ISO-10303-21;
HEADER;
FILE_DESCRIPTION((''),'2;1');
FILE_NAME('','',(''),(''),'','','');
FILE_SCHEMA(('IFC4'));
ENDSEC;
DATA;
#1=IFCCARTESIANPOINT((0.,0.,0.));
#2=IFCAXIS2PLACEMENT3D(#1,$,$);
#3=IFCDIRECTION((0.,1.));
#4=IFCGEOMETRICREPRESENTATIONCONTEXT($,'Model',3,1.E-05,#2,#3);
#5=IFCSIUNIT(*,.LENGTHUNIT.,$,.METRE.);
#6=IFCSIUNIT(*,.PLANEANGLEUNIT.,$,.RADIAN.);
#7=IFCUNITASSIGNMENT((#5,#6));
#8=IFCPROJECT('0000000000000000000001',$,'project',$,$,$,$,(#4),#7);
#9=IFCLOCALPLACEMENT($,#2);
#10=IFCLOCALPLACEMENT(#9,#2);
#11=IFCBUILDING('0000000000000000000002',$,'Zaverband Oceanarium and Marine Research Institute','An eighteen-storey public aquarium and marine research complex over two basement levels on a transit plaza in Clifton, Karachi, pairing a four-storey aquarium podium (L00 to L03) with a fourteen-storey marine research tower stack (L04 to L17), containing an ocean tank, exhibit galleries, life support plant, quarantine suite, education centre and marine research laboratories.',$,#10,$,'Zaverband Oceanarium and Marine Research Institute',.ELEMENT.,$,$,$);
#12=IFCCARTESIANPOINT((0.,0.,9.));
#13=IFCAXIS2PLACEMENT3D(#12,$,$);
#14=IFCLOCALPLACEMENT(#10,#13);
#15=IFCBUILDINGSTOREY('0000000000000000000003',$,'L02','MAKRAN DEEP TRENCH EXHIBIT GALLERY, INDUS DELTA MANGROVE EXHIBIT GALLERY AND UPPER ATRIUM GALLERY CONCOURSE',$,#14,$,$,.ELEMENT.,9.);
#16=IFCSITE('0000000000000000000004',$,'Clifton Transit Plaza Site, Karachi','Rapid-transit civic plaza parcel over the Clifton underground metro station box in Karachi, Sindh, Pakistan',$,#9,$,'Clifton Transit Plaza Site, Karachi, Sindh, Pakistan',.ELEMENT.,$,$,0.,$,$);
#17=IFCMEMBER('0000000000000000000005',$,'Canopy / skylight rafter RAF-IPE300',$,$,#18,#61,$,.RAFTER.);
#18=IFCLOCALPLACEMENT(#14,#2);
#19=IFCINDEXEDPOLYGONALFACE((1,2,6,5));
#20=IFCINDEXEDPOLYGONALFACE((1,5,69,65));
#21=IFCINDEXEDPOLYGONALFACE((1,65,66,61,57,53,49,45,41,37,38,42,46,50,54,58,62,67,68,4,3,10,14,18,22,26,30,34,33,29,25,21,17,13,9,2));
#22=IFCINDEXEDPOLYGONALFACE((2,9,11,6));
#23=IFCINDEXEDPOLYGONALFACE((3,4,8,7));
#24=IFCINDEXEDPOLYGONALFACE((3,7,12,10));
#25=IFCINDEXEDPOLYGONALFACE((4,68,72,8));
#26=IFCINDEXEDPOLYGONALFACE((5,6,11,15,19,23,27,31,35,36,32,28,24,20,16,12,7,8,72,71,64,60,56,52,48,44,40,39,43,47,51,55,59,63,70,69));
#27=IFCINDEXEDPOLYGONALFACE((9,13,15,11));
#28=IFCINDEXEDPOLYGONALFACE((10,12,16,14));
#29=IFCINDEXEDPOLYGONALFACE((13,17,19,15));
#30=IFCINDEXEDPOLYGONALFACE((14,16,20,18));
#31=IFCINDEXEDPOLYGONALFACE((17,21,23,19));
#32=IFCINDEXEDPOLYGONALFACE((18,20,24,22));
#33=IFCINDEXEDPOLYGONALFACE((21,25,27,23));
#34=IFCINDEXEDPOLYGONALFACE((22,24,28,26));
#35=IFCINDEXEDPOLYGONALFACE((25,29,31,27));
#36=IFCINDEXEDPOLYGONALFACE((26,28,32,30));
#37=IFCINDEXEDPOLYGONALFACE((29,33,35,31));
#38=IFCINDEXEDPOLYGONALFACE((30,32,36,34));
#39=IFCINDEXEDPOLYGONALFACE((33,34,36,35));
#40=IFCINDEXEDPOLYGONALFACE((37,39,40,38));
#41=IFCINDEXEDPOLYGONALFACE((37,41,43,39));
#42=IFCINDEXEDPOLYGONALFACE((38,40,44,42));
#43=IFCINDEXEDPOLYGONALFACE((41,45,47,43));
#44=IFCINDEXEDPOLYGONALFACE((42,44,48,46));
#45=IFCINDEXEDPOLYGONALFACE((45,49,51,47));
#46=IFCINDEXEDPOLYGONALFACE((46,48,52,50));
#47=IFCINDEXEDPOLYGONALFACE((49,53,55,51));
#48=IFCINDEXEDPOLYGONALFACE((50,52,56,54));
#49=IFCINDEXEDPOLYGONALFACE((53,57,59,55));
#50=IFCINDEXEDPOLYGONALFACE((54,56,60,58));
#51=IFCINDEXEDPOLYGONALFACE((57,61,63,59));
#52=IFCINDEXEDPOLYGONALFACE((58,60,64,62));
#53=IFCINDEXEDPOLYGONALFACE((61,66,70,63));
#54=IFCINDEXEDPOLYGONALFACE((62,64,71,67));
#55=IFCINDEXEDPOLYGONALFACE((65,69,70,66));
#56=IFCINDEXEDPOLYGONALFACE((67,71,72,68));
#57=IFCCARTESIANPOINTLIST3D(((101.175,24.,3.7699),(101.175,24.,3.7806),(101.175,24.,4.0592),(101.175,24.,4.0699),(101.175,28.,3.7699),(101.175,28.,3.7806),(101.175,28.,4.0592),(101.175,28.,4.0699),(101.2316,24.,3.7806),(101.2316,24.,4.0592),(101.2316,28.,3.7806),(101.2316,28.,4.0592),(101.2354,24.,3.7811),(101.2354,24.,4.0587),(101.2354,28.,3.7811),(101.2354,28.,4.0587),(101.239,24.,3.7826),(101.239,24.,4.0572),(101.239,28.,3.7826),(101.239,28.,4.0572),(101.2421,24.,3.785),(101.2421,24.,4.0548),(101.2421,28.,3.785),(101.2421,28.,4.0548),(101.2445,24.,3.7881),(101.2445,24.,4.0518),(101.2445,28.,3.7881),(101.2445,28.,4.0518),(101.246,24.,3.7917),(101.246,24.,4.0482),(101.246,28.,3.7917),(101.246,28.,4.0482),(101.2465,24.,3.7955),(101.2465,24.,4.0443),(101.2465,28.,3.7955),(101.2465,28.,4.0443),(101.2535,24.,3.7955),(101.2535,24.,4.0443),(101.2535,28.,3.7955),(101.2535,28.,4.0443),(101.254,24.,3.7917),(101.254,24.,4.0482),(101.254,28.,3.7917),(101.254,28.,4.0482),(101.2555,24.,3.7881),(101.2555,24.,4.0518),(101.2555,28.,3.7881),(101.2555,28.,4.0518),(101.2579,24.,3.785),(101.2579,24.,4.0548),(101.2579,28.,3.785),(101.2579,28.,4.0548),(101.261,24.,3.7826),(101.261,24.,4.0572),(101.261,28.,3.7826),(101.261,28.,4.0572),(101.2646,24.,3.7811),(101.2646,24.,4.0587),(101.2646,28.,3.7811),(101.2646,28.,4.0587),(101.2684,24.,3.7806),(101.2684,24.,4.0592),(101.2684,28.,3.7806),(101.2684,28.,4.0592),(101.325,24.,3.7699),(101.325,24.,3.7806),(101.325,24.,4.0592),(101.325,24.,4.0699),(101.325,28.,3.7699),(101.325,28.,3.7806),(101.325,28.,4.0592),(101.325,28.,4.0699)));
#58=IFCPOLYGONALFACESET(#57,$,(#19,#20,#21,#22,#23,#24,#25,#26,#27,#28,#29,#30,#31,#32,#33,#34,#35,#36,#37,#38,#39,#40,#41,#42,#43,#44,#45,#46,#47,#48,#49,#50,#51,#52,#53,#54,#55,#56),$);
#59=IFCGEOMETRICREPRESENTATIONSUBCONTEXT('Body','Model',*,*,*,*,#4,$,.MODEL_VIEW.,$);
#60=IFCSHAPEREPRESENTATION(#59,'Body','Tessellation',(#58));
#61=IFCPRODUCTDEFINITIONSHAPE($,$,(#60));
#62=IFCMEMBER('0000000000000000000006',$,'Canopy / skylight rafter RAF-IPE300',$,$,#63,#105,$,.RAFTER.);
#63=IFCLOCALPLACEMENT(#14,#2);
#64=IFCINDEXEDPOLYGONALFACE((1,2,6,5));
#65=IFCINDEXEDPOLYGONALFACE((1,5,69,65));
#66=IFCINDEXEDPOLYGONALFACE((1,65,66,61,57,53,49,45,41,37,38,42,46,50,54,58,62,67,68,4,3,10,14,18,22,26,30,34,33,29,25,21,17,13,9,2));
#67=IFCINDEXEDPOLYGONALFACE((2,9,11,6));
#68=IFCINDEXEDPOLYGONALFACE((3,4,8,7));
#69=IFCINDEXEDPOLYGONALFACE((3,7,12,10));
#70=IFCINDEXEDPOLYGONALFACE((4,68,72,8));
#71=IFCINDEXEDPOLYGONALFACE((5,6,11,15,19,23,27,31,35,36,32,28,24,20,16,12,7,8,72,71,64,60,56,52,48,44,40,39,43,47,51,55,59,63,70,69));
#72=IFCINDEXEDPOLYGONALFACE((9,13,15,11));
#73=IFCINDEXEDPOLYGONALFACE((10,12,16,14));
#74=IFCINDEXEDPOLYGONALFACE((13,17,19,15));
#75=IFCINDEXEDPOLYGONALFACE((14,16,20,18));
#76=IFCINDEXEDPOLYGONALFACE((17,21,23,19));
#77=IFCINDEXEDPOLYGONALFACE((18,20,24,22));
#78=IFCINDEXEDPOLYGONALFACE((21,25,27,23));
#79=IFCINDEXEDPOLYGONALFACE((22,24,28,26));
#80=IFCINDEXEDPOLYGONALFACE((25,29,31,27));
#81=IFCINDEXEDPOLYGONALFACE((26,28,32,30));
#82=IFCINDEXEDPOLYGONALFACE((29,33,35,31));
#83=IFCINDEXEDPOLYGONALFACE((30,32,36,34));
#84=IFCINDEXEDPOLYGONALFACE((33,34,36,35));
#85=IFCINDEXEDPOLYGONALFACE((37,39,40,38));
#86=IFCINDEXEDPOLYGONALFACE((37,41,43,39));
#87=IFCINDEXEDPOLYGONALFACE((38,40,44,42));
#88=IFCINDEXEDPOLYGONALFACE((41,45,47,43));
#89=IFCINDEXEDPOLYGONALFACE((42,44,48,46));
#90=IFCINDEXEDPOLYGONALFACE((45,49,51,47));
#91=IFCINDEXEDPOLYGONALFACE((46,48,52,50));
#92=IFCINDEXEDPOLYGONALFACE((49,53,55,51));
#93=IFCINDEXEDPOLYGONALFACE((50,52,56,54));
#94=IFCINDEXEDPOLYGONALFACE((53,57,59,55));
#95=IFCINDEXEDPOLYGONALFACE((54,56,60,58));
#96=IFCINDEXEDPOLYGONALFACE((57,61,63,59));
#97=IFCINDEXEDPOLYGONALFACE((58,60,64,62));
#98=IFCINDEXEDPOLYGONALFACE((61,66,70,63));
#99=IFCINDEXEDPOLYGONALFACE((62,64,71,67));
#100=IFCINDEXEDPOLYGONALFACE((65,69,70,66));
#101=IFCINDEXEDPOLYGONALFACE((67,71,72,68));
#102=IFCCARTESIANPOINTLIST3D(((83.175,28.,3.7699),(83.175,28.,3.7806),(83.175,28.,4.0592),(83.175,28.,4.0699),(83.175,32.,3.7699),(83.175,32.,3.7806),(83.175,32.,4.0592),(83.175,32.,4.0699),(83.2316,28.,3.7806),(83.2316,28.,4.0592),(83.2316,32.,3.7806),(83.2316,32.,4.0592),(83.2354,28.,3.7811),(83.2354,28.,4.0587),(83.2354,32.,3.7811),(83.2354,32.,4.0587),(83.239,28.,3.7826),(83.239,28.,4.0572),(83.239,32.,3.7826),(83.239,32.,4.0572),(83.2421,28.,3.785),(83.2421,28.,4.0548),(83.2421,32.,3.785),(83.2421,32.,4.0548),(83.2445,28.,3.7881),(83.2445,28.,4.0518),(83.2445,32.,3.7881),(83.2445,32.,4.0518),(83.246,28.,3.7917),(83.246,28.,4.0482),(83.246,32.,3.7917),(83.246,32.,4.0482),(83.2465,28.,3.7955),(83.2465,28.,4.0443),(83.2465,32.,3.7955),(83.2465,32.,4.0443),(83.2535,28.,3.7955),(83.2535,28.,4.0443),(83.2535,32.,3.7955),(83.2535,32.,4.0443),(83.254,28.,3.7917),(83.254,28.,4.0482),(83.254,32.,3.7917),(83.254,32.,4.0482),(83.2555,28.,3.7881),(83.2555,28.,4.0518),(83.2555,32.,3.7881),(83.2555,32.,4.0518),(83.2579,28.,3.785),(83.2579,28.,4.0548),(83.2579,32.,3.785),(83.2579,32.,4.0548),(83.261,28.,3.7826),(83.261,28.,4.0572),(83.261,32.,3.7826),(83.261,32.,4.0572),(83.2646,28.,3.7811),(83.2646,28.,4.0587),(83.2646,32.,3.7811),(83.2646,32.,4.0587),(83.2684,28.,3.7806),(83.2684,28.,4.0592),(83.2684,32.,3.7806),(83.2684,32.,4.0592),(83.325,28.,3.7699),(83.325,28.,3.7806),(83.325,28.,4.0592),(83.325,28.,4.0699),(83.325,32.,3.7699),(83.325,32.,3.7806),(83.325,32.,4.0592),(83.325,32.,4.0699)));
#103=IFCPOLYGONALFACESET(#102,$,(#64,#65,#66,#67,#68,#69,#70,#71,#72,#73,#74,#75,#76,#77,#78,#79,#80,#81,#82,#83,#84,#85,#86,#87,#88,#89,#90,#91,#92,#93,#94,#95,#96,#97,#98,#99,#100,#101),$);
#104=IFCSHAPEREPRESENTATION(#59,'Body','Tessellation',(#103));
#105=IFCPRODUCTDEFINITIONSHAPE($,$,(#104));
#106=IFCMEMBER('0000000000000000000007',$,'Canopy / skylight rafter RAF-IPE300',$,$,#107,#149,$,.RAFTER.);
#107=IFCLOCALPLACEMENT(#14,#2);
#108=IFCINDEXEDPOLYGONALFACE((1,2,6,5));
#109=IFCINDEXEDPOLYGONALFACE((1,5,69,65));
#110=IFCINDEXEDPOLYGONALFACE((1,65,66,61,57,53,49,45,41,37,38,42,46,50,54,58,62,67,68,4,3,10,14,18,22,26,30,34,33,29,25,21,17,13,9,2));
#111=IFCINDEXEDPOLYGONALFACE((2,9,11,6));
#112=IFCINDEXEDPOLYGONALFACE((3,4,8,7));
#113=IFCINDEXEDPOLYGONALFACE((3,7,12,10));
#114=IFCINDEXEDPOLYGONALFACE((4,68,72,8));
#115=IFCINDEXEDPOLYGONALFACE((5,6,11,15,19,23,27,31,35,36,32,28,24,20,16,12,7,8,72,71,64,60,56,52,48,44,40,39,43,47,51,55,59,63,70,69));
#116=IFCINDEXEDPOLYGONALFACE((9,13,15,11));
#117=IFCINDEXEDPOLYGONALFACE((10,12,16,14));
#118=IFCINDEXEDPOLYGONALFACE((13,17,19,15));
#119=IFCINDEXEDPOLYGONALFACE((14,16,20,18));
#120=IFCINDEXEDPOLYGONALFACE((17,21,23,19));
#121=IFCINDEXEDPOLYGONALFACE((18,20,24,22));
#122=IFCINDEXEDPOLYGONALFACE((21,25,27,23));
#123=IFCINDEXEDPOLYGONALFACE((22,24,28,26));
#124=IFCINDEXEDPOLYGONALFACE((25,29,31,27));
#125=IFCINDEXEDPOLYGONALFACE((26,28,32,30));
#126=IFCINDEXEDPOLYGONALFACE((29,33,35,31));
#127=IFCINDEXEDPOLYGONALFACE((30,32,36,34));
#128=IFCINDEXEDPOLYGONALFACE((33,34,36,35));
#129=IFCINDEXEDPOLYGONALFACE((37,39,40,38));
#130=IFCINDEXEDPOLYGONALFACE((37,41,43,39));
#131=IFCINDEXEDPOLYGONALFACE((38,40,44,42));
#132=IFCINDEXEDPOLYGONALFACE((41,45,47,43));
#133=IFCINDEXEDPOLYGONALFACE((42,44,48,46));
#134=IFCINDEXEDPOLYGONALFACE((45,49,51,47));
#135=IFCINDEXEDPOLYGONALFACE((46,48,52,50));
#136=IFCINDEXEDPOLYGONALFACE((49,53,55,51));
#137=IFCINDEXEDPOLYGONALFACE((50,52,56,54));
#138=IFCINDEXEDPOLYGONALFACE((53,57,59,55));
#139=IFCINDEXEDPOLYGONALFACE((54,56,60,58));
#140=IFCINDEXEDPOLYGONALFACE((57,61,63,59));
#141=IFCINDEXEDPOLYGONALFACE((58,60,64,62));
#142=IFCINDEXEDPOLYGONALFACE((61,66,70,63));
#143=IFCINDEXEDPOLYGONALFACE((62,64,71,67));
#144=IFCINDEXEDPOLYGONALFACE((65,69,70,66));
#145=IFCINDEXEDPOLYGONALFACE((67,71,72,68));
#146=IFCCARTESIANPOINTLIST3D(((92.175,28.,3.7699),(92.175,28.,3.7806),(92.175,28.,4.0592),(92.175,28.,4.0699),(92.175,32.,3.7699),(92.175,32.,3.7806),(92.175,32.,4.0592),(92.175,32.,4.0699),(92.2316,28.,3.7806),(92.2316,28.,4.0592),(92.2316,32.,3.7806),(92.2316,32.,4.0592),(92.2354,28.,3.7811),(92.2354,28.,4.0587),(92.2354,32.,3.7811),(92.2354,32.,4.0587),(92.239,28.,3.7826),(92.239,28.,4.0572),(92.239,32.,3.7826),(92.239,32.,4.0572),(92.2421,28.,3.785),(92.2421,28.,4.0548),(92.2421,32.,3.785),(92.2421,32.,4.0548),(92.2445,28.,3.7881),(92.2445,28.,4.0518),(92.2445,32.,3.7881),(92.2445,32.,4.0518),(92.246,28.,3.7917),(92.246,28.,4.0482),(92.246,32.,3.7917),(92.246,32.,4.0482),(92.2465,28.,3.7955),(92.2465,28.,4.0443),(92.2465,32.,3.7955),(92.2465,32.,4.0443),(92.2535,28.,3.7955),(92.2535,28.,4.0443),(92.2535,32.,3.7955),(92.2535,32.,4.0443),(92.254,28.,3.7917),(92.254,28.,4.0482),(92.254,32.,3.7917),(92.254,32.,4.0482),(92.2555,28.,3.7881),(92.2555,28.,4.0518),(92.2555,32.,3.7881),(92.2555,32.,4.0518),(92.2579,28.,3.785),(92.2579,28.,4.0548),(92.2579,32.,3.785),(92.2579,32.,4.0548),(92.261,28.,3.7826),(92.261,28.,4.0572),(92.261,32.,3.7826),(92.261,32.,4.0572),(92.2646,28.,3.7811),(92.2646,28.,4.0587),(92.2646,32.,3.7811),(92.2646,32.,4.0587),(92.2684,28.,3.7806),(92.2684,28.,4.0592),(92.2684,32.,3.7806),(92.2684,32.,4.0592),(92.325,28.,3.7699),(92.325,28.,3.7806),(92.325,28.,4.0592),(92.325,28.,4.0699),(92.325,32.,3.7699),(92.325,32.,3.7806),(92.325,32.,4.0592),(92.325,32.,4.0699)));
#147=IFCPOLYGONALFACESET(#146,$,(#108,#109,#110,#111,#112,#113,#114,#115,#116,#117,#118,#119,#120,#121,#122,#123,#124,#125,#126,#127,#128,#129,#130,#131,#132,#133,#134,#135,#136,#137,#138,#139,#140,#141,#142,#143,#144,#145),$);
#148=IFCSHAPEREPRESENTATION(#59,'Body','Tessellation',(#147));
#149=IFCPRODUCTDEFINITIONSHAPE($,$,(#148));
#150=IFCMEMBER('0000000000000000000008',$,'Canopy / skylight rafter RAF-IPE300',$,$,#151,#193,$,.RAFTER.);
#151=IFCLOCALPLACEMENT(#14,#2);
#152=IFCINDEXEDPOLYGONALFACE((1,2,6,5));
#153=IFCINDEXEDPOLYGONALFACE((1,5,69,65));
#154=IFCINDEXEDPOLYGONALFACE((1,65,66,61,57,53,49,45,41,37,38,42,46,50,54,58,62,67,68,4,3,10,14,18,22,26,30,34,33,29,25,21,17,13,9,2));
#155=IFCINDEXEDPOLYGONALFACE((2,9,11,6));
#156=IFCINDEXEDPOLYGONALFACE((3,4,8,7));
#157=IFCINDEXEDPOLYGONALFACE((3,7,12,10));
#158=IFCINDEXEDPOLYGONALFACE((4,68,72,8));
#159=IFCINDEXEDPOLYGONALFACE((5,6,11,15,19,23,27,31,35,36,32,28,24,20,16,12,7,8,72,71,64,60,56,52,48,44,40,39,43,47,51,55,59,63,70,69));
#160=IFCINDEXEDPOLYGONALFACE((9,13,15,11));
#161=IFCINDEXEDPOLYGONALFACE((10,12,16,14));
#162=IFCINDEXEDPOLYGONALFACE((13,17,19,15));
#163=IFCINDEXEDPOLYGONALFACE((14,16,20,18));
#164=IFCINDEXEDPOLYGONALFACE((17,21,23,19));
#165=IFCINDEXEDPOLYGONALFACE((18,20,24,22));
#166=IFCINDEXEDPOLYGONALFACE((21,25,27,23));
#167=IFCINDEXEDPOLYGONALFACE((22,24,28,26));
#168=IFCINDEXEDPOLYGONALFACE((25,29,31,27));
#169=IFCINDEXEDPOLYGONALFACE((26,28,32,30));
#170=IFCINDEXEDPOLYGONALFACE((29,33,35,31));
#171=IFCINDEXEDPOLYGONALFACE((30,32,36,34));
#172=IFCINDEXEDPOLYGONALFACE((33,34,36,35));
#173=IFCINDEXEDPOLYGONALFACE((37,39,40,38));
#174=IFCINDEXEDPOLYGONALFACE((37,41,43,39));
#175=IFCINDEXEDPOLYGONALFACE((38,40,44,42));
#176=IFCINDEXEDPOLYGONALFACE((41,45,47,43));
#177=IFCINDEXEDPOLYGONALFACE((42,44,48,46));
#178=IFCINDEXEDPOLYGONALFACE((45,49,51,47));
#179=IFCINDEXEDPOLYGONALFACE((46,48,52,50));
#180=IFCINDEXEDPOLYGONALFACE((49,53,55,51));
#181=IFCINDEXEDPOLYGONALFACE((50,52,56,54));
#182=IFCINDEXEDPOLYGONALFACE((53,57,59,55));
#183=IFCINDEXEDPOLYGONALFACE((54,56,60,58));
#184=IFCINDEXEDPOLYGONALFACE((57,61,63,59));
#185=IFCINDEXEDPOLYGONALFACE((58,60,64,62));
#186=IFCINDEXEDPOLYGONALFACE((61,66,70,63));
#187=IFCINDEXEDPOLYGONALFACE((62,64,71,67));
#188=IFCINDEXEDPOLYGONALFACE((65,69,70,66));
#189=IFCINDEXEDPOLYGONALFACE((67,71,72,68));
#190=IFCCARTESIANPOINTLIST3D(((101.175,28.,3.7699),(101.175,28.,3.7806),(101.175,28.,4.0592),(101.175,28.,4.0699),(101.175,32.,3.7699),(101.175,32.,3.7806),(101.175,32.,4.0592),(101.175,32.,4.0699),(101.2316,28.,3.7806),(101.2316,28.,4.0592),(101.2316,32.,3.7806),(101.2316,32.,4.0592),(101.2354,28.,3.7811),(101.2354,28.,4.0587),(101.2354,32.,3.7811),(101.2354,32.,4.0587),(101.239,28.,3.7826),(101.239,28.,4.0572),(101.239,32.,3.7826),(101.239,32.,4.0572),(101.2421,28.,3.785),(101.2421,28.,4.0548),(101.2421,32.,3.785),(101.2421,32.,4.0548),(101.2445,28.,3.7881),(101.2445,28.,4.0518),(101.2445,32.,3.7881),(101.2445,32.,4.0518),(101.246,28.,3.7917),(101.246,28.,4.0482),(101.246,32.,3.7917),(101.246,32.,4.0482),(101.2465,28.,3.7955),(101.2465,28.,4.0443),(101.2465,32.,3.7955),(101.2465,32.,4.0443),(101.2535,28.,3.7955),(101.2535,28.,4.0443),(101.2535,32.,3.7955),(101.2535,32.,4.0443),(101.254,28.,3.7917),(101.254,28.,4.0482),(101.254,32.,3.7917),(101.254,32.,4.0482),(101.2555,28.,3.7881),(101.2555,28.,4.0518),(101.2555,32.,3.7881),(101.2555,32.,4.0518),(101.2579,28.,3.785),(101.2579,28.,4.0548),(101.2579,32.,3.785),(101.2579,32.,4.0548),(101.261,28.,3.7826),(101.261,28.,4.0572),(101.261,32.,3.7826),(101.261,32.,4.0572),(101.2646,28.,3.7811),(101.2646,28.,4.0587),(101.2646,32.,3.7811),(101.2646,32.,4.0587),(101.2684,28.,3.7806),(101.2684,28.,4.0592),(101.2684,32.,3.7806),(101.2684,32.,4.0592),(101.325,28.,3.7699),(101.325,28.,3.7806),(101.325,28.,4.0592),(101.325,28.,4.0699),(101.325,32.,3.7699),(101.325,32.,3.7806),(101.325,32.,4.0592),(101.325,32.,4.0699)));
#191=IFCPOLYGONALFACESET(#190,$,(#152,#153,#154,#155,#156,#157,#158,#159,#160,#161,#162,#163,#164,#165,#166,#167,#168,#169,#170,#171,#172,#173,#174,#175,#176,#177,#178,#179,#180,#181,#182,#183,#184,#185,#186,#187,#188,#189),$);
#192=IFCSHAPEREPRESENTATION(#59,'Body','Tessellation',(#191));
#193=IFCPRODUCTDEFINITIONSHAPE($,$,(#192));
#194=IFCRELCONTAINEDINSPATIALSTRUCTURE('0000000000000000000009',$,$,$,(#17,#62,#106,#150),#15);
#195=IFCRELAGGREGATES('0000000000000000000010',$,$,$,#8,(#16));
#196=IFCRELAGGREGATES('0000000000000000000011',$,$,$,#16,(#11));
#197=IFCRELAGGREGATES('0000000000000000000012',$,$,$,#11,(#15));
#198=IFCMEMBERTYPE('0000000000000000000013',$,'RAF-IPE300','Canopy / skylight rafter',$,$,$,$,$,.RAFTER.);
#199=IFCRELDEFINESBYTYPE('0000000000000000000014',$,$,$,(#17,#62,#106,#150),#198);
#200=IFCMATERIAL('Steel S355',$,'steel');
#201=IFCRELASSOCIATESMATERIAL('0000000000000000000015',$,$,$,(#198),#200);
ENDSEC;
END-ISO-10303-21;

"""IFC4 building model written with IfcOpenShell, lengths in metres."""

from ifc_helpers import new_model, si_unit, direction, frame, origin, origin_2d, place, context, subcontext, project, spatial, i_section, extrude, material, material_profile, profile_set, type_object, element, save


model = new_model("IFC4")

# Units and contexts
model_context = context("Model", 3, precision=1e-05, world=origin(), true_north=direction((0.0, 1.0)))
body_context = subcontext(model_context, "Body", "Model", "MODEL_VIEW")
ifc_project = project(units=[si_unit("LENGTHUNIT", "METRE"), si_unit("PLANEANGLEUNIT", "RADIAN")], contexts=[model_context])

# Site, building, storey
site_placement = place(None, origin())
site = spatial("IfcSite", under=ifc_project, at=site_placement, Name="Clifton Transit Plaza Site, Karachi", Description="Rapid-transit civic plaza parcel over the Clifton underground metro station box in Karachi, Sindh, Pakistan", LongName="Clifton Transit Plaza Site, Karachi, Sindh, Pakistan", CompositionType="ELEMENT", RefElevation=0.0)
building_placement = place(site_placement, origin())
building = spatial("IfcBuilding", under=site, at=building_placement, Name="Zaverband Oceanarium and Marine Research Institute", Description="An eighteen-storey public aquarium and marine research complex over two basement levels on a transit plaza in Clifton, Karachi, pairing a four-storey aquarium podium (L00 to L03) with a fourteen-storey marine research tower stack (L04 to L17), containing an ocean tank, exhibit galleries, life support plant, quarantine suite, education centre and marine research laboratories.", LongName="Zaverband Oceanarium and Marine Research Institute", CompositionType="ELEMENT")
storey_placement = place(building_placement, frame((0.0, 0.0, 9.0)))
storey = spatial("IfcBuildingStorey", under=building, at=storey_placement, Name="L02", Description="MAKRAN DEEP TRENCH EXHIBIT GALLERY, INDUS DELTA MANGROVE EXHIBIT GALLERY AND UPPER ATRIUM GALLERY CONCOURSE", CompositionType="ELEMENT", Elevation=9.0)

# Shared definitions
ifc_material_1 = material(Name="Steel S355", Category="steel")

# Members
ifc_material_profile_1 = material_profile(ifc_material_1, i_section(OverallWidth=0.1499, OverallDepth=0.3, WebThickness=0.0071, FlangeThickness=0.0107, FilletRadius=0.0149, at=origin_2d()), Name="IPE300")
ifc_profile_set_1 = profile_set([ifc_material_profile_1], Name="Steel S355")
member_type_1 = type_object("IfcMemberType", Name="RAF-IPE300", Description="Canopy / skylight rafter", PredefinedType="RAFTER", material=ifc_profile_set_1)
for number, where, z_axis, x_axis, name in (
    (1, (101.25, 24.0, 3.9199), (0.0, 1.0, 0.0), (-1.0, 0.0, 0.0), "Canopy / skylight rafter RAF-IPE300"),
    (2, (83.25, 28.0, 3.9199), (0.0, 1.0, 0.0), (-1.0, 0.0, 0.0), "Canopy / skylight rafter RAF-IPE300"),
    (3, (92.25, 28.0, 3.9199), (0.0, 1.0, 0.0), (-1.0, 0.0, 0.0), "Canopy / skylight rafter RAF-IPE300"),
    (4, (101.25, 28.0, 3.9199), (0.0, 1.0, 0.0), (-1.0, 0.0, 0.0), "Canopy / skylight rafter RAF-IPE300"),
):
    element("IfcMember", number, at=place(storey_placement, frame(where, z_axis=z_axis, x_axis=x_axis)), inside=storey, type_object=member_type_1, Name=name, PredefinedType="RAFTER", context=body_context, shape_type="SweptSolid", body=[
        extrude(i_section(OverallWidth=0.1499, OverallDepth=0.3, WebThickness=0.0071, FlangeThickness=0.0107, FilletRadius=0.0149, at=origin_2d()), origin(), (0.0, 0.0, 1.0), 4.0),
    ])

save(model, "model.ifc")
